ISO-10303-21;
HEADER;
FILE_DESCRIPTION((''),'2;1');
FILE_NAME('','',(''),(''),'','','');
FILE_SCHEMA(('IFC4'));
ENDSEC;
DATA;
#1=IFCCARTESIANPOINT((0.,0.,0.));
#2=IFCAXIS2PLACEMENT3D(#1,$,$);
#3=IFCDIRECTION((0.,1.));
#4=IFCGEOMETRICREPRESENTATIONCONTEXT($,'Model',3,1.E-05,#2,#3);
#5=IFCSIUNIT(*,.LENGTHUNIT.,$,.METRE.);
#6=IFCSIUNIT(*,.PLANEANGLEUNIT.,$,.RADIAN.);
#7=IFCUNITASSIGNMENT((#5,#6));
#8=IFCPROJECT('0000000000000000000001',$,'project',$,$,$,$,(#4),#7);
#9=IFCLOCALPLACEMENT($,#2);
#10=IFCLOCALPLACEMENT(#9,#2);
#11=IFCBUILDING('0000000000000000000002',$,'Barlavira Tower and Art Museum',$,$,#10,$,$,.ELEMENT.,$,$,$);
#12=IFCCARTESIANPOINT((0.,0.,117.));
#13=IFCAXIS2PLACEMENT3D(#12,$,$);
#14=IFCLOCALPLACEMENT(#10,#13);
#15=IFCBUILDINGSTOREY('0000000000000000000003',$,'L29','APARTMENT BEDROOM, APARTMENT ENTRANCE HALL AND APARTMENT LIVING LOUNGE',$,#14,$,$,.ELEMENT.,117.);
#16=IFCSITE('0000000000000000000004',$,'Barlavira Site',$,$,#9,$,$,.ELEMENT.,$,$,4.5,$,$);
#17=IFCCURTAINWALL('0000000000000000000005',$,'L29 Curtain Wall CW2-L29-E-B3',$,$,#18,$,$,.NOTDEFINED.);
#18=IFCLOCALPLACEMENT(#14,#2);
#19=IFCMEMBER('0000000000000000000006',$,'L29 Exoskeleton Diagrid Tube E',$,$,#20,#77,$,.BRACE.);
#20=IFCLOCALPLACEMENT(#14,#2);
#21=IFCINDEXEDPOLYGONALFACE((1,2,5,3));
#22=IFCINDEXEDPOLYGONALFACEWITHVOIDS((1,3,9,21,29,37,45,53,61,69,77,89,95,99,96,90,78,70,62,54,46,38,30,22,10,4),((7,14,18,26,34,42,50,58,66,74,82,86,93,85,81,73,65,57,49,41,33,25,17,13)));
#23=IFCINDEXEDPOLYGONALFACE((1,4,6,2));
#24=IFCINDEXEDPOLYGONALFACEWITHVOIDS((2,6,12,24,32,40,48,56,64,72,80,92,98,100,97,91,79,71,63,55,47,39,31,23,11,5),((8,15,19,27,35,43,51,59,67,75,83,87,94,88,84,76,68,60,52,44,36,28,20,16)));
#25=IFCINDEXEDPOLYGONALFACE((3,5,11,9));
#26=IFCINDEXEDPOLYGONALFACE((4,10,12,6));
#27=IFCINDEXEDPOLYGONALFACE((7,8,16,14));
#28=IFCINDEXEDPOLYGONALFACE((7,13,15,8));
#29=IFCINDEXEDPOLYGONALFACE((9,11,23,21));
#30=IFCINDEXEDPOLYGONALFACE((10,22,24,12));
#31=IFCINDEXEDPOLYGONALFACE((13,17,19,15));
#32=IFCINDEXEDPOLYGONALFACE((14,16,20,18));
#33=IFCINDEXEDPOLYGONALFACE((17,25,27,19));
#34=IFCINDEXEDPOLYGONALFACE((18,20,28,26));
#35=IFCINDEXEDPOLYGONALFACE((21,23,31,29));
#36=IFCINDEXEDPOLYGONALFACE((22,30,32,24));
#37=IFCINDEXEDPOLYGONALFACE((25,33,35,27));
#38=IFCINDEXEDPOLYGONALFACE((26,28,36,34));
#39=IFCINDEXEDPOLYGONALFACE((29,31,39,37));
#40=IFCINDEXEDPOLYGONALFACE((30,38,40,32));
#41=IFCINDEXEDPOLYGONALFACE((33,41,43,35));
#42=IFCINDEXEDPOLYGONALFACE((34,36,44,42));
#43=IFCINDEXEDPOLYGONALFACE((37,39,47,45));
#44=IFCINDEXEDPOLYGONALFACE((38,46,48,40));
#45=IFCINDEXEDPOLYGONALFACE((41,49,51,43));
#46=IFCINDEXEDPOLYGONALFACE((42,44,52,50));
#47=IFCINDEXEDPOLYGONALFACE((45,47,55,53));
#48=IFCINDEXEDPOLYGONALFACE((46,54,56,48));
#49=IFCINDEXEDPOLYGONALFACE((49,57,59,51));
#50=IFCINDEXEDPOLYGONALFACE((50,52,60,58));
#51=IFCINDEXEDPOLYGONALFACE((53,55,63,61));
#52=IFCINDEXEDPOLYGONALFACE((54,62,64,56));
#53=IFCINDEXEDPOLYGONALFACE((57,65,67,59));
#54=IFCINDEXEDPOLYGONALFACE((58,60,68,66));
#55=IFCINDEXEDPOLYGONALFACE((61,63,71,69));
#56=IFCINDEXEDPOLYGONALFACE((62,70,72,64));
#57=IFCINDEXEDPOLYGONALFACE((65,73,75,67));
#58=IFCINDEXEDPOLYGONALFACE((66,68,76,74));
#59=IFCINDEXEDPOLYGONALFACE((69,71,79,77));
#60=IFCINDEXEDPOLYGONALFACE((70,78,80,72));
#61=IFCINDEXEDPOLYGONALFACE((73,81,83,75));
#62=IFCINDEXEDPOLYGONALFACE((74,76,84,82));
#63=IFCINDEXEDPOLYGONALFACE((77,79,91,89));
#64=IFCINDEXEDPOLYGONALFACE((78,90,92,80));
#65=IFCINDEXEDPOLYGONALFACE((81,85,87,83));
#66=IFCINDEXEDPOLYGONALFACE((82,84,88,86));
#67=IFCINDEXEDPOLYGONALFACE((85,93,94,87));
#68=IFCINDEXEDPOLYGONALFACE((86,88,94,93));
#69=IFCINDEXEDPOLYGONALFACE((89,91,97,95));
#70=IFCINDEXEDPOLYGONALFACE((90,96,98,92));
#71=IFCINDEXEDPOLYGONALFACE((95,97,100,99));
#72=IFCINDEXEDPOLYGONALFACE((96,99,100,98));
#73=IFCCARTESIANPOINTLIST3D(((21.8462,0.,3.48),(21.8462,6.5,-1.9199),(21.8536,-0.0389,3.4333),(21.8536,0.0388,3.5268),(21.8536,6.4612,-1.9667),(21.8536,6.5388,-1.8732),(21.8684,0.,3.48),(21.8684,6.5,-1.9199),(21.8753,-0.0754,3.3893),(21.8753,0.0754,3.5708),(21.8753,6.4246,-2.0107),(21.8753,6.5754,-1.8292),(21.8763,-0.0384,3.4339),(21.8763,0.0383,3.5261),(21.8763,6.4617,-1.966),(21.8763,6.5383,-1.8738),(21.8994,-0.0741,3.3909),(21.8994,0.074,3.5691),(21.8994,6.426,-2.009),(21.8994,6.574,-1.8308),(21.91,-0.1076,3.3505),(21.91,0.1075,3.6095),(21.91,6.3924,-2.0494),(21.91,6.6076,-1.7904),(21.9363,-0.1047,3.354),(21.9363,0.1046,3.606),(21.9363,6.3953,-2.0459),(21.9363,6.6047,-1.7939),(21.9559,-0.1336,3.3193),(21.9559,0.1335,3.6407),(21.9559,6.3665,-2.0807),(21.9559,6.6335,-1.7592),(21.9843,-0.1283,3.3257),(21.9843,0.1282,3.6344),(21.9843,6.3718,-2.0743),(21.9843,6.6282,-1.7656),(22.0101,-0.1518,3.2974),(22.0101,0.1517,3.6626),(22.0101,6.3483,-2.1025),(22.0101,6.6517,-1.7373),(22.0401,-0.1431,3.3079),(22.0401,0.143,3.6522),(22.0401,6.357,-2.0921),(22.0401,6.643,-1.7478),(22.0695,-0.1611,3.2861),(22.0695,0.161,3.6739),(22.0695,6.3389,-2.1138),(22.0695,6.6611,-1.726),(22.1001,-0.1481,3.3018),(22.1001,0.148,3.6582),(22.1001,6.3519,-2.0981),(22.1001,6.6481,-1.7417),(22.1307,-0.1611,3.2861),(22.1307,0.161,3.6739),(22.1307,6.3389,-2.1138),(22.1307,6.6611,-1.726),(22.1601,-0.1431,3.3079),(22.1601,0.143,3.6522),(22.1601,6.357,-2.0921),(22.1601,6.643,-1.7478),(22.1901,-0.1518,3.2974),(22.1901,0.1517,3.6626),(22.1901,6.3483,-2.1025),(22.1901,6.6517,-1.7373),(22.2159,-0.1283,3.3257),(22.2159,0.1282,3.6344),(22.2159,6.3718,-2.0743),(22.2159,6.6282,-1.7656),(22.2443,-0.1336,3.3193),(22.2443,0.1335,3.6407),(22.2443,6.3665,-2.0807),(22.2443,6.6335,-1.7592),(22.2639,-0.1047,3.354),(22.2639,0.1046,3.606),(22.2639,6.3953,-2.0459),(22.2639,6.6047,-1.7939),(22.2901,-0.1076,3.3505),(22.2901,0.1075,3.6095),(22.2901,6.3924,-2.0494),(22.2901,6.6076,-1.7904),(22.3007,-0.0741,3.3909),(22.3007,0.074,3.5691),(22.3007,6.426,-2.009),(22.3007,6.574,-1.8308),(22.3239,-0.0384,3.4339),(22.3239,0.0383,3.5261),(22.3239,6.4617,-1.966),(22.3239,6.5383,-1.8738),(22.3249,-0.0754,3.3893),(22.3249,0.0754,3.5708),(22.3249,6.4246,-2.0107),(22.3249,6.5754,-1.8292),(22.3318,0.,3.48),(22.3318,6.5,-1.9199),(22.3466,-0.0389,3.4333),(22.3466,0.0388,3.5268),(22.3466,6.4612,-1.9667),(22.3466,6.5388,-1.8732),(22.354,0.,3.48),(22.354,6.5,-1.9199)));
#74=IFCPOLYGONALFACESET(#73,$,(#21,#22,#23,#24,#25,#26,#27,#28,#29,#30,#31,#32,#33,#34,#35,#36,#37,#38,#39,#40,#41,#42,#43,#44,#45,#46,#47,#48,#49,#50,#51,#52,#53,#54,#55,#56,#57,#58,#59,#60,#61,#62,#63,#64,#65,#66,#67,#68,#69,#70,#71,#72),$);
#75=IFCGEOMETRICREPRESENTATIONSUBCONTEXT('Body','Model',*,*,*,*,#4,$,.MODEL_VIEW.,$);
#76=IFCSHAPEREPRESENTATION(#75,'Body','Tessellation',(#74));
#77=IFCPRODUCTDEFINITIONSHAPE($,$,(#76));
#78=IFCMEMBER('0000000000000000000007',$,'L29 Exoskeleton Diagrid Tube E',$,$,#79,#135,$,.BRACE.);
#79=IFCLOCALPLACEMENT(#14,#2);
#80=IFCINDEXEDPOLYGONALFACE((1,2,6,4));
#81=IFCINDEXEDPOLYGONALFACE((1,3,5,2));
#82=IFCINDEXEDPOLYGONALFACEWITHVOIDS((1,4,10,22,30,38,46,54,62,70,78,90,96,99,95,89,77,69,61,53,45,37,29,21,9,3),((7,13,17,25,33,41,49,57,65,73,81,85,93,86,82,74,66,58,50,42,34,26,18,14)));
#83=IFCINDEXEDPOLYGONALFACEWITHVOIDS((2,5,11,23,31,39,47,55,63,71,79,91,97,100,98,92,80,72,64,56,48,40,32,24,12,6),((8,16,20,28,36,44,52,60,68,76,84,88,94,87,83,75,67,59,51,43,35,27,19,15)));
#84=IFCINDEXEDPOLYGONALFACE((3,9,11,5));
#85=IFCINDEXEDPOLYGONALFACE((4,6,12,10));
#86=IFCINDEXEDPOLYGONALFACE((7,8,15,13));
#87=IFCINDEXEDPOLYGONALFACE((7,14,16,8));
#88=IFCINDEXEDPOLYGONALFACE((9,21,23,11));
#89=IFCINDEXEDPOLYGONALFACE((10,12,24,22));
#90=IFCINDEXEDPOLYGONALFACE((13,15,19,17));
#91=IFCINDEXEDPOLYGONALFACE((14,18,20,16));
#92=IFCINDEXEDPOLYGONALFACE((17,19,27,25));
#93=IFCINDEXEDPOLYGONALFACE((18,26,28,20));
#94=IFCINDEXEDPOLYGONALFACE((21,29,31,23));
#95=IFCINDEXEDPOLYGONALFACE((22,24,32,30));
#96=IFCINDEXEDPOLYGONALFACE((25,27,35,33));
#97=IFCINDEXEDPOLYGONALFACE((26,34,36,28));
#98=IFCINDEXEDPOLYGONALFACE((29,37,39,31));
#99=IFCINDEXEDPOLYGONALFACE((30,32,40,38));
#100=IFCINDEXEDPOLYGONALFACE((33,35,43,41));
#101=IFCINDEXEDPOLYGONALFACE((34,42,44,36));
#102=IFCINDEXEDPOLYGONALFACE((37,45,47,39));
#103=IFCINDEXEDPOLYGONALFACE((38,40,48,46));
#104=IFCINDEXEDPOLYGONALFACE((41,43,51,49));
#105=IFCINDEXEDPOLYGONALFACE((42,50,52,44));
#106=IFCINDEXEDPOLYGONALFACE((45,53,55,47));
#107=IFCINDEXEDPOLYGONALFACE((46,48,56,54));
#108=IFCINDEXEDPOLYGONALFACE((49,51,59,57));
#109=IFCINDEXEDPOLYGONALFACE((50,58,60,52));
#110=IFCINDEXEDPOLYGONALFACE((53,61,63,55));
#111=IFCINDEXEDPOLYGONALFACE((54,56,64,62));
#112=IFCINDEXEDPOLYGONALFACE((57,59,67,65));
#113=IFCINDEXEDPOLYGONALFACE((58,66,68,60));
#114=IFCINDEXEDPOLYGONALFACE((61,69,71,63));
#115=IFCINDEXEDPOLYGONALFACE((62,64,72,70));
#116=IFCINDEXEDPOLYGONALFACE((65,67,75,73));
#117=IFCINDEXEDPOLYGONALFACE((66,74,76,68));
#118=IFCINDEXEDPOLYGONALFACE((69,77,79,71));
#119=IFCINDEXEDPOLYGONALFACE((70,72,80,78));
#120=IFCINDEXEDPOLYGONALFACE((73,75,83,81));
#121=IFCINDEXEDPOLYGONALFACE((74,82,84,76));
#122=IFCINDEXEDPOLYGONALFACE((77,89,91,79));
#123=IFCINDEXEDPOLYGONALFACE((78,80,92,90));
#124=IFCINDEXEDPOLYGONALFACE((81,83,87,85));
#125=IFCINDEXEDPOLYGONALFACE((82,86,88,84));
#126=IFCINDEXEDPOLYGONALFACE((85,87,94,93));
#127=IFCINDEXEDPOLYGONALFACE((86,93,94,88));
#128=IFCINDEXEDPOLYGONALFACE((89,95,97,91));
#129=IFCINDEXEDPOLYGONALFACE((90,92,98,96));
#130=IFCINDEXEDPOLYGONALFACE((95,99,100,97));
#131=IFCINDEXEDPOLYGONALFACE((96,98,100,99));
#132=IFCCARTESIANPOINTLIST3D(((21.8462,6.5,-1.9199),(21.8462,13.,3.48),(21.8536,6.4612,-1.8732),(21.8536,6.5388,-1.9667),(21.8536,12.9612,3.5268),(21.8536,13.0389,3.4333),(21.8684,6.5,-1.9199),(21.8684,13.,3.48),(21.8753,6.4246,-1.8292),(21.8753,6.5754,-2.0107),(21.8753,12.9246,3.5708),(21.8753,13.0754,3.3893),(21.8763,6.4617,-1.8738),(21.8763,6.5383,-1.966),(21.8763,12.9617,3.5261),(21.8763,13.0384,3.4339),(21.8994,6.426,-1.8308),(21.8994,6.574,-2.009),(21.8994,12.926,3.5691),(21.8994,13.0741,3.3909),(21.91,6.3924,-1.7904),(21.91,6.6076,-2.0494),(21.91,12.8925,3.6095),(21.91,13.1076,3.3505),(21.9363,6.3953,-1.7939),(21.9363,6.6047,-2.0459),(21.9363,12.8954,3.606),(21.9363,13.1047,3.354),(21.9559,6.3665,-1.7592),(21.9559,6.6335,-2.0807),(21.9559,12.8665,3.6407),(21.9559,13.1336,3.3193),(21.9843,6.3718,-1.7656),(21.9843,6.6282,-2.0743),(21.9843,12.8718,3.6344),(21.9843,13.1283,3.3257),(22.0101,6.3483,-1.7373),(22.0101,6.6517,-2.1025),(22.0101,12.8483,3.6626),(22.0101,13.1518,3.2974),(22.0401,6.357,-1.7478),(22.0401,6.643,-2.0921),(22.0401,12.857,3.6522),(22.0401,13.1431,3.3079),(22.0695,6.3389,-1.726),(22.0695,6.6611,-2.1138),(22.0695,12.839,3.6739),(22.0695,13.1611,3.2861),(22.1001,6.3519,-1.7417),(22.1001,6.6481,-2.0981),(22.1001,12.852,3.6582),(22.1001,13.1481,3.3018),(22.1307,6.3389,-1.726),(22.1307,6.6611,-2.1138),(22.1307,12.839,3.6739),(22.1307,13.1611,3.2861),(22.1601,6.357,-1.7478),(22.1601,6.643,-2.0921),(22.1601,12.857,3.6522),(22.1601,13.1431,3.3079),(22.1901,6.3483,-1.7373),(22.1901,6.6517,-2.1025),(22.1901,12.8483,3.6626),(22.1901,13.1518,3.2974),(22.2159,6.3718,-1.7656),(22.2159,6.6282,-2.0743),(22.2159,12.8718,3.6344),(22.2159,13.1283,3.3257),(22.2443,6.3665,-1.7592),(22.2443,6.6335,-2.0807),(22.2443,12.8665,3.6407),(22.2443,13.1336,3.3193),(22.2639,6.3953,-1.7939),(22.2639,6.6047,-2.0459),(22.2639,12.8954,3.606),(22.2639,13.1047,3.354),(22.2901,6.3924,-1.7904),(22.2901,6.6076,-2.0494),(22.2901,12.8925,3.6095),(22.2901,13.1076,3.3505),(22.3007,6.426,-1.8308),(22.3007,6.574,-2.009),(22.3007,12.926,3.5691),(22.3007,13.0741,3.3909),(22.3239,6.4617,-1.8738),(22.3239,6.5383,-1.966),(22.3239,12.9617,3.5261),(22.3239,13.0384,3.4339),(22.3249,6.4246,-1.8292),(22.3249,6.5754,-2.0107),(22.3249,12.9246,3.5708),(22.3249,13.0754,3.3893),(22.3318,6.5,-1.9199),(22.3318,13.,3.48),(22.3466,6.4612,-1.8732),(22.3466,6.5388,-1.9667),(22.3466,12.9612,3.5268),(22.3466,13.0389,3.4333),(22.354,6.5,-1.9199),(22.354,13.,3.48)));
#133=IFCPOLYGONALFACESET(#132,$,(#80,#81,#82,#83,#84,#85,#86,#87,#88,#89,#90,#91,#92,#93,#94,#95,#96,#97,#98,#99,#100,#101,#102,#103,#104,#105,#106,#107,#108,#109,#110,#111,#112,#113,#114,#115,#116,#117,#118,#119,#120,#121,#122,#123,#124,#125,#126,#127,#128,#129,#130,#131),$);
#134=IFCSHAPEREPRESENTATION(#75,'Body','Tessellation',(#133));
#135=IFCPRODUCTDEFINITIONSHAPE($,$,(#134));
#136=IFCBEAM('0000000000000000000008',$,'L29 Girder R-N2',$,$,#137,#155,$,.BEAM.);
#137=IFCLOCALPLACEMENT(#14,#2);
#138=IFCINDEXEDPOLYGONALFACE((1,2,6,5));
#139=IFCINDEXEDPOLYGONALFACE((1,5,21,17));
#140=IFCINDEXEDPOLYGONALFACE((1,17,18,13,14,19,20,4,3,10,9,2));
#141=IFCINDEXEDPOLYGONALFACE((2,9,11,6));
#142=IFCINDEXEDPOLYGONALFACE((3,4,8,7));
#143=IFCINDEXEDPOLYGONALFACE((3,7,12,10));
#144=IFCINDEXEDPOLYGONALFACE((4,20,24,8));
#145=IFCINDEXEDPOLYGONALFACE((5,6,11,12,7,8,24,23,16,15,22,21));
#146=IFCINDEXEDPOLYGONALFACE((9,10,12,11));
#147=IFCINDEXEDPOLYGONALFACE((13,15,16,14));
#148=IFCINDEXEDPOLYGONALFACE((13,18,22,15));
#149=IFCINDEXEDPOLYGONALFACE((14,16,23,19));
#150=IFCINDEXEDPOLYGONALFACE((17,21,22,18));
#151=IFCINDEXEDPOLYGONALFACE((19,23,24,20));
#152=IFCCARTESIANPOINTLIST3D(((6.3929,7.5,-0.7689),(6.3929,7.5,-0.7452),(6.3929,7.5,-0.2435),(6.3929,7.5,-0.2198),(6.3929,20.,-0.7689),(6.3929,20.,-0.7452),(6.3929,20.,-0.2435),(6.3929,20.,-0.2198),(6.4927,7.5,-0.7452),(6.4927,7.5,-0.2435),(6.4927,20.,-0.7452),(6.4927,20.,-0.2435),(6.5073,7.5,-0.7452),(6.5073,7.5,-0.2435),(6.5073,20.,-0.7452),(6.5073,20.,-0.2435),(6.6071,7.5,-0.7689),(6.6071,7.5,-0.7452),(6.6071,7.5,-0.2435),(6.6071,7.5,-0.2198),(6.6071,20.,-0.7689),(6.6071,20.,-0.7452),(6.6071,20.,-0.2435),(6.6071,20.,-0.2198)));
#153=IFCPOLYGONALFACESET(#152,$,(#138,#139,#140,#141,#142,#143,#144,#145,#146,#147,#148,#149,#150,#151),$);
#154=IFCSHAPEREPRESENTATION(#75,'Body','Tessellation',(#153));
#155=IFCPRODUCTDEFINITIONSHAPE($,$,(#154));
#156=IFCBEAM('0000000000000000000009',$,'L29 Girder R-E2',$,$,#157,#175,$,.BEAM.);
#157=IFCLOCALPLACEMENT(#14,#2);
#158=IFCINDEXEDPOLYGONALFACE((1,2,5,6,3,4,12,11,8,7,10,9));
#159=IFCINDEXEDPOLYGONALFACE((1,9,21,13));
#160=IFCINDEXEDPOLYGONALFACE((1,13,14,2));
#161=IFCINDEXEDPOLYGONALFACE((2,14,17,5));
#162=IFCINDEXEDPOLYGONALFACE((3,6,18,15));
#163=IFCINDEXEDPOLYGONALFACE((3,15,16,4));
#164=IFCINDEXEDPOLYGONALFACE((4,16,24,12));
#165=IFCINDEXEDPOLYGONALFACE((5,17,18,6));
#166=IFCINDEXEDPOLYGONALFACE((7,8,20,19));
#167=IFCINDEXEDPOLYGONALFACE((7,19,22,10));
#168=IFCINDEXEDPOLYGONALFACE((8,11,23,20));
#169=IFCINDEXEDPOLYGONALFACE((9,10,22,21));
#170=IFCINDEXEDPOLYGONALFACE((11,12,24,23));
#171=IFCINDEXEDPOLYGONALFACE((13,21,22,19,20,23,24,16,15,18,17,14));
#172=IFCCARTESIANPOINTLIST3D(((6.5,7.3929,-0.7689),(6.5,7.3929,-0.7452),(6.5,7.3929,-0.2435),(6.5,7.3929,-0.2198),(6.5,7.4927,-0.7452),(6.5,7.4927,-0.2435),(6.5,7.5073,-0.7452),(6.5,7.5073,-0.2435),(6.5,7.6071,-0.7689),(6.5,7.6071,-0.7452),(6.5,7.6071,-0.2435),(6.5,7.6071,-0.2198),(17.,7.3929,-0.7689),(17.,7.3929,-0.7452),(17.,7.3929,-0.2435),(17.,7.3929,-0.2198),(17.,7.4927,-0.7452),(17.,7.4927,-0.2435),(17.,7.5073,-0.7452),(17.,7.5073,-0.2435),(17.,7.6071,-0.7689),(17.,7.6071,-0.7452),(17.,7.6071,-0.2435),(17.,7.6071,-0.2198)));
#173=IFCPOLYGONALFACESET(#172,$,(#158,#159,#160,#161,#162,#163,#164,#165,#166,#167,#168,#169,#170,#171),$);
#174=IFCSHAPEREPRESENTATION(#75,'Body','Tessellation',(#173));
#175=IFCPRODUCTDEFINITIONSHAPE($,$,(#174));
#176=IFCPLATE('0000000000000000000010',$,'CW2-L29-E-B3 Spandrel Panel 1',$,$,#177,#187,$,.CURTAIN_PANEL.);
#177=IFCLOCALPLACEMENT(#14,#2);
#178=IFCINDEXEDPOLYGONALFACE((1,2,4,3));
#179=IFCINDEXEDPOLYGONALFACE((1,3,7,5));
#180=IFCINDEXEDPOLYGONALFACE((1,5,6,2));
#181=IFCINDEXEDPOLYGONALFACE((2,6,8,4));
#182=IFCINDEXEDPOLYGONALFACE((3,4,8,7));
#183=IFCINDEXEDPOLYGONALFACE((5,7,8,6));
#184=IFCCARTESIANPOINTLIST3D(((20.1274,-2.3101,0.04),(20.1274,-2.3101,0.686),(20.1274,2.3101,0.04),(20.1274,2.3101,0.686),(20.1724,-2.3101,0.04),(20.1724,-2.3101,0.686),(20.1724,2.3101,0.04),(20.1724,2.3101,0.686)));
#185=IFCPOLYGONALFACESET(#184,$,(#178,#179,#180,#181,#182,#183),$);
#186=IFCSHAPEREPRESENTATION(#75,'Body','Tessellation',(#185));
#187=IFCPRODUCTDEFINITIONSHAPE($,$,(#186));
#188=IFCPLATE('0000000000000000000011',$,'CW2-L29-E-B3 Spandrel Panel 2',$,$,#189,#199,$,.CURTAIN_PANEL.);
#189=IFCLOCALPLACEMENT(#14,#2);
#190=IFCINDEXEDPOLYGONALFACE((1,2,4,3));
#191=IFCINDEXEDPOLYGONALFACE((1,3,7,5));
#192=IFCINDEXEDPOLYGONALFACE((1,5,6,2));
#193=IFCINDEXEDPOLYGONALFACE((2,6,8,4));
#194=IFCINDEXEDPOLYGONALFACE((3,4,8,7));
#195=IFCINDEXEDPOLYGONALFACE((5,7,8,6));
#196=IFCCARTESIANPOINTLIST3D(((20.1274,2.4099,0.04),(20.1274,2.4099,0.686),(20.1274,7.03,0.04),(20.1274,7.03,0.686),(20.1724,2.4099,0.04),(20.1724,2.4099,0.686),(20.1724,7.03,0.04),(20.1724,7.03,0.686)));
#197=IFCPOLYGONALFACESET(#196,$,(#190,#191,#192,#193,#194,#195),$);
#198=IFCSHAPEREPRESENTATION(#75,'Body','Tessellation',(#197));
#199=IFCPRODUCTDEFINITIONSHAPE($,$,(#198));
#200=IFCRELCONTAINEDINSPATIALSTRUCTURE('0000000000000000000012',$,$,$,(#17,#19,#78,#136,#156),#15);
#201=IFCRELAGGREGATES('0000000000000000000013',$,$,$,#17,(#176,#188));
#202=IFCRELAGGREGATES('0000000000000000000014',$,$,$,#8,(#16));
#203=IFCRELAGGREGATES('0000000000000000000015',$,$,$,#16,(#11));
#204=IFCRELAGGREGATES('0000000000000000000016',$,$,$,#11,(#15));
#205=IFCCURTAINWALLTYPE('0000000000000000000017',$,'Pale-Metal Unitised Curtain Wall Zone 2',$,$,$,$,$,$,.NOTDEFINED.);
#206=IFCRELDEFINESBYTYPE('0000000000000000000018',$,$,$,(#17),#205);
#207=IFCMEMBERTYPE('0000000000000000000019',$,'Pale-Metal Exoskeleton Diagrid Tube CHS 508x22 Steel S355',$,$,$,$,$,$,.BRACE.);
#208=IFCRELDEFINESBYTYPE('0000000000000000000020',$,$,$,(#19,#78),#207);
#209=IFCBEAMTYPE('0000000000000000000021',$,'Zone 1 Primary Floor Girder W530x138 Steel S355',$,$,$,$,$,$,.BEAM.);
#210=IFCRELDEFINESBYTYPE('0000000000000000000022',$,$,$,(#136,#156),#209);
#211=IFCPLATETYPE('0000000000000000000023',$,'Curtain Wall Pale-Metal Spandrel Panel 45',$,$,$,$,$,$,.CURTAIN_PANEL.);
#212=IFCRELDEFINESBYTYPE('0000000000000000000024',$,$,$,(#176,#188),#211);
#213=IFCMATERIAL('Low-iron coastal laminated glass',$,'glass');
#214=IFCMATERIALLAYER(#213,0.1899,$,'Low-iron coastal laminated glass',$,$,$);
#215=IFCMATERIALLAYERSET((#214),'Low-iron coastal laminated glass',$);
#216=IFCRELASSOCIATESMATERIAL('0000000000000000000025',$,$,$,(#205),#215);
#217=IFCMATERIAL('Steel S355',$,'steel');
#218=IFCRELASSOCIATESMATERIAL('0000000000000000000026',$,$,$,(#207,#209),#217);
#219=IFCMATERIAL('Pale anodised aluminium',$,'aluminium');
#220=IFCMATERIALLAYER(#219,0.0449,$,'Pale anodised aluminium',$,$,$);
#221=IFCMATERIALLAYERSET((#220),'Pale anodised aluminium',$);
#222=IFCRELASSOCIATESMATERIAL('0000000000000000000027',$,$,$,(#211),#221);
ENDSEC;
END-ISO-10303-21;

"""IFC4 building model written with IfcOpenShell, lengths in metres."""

from ifc_helpers import new_model, si_unit, direction, frame, origin, origin_2d, place, context, subcontext, project, spatial, rectangle, hollow_circle, i_section, extrude, material, layer, layer_set, material_profile, profile_set, type_object, element, aggregate, save


model = new_model("IFC4")

# Units and contexts
model_context = context("Model", 3, precision=1e-05, world=origin(), true_north=direction((0.0, 1.0)))
body_context = subcontext(model_context, "Body", "Model", "MODEL_VIEW")
ifc_project = project(units=[si_unit("LENGTHUNIT", "METRE"), si_unit("PLANEANGLEUNIT", "RADIAN")], contexts=[model_context])

# Site, building, storey
site_placement = place(None, origin())
site = spatial("IfcSite", under=ifc_project, at=site_placement, Name="Barlavira Site", CompositionType="ELEMENT", RefElevation=4.5)
building_placement = place(site_placement, origin())
building = spatial("IfcBuilding", under=site, at=building_placement, Name="Barlavira Tower and Art Museum", CompositionType="ELEMENT")
storey_placement = place(building_placement, frame((0.0, 0.0, 117.0)))
storey = spatial("IfcBuildingStorey", under=building, at=storey_placement, Name="L29", Description="APARTMENT BEDROOM, APARTMENT ENTRANCE HALL AND APARTMENT LIVING LOUNGE", CompositionType="ELEMENT", Elevation=117.0)

# Shared definitions
ifc_material_1 = material(Name="Steel S355", Category="steel")

# Curtain wall
ifc_material_2 = material(Name="Low-iron coastal laminated glass", Category="glass")
ifc_layer_1 = layer(ifc_material_2, 0.1899, Name="Low-iron coastal laminated glass")
ifc_layer_set_1 = layer_set([ifc_layer_1], Name="Low-iron coastal laminated glass")
curtain_wall_type = type_object("IfcCurtainWallType", Name="Pale-Metal Unitised Curtain Wall Zone 2", PredefinedType="NOTDEFINED", material=ifc_layer_set_1)
curtain_wall_placement = place(storey_placement, origin())
curtain_wall = element("IfcCurtainWall", 1, at=curtain_wall_placement, inside=storey, type_object=curtain_wall_type, Name="L29 Curtain Wall CW2-L29-E-B3", PredefinedType="NOTDEFINED")
ifc_material_3 = material(Name="Pale anodised aluminium", Category="aluminium")

# Members
ifc_material_profile_1 = material_profile(ifc_material_1, hollow_circle(Radius=0.2539, WallThickness=0.0222, at=origin_2d()), Name="CHS 508.0x22.2")
ifc_profile_set_1 = profile_set([ifc_material_profile_1], Name="Steel S355")
member_type_1 = type_object("IfcMemberType", Name="Pale-Metal Exoskeleton Diagrid Tube CHS 508x22 Steel S355", PredefinedType="BRACE", material=ifc_profile_set_1)
for number, where, z_axis, x_axis, name in (
    (2, (22.1001, 6.5, -1.9199), (0.0, -0.769196, 0.639013), (1.0, 0.0, 0.0), "L29 Exoskeleton Diagrid Tube E"),
    (3, (22.1001, 6.5, -1.9199), (0.0, 0.769196, 0.639013), (-1.0, 0.0, 0.0), "L29 Exoskeleton Diagrid Tube E"),
):
    element("IfcMember", number, at=place(storey_placement, frame(where, z_axis=z_axis, x_axis=x_axis)), inside=storey, type_object=member_type_1, Name=name, PredefinedType="BRACE", context=body_context, shape_type="SweptSolid", body=[
        extrude(hollow_circle(Radius=0.2539, WallThickness=0.0222, at=origin_2d()), origin(), (0.0, 0.0, 1.0), 8.4504),
    ])

# Beams
ifc_material_profile_2 = material_profile(ifc_material_1, i_section(OverallWidth=0.2141, OverallDepth=0.5491, WebThickness=0.0146, FlangeThickness=0.0237, at=origin_2d()), Name="W530x138.0")
ifc_profile_set_2 = profile_set([ifc_material_profile_2], Name="Steel S355")
beam_type = type_object("IfcBeamType", Name="Zone 1 Primary Floor Girder W530x138 Steel S355", PredefinedType="BEAM", material=ifc_profile_set_2)
beam_1_placement = place(storey_placement, frame((6.5, 7.5, -0.4944), z_axis=(0.0, 1.0, 0.0), x_axis=(-1.0, 0.0, 0.0)))
element("IfcBeam", 4, at=beam_1_placement, inside=storey, type_object=beam_type, Name="L29 Girder R-N2", PredefinedType="BEAM", context=body_context, shape_type="SweptSolid", body=[
    extrude(i_section(OverallWidth=0.2141, OverallDepth=0.5491, WebThickness=0.0146, FlangeThickness=0.0237, at=origin_2d()), origin(), (0.0, 0.0, 1.0), 12.5),
])
beam_2_placement = place(storey_placement, frame((6.5, 7.5, -0.4944), z_axis=(1.0, 0.0, 0.0), x_axis=(0.0, 1.0, 0.0)))
element("IfcBeam", 5, at=beam_2_placement, inside=storey, type_object=beam_type, Name="L29 Girder R-E2", PredefinedType="BEAM", context=body_context, shape_type="SweptSolid", body=[
    extrude(i_section(OverallWidth=0.2141, OverallDepth=0.5491, WebThickness=0.0146, FlangeThickness=0.0237, at=origin_2d()), origin(), (0.0, 0.0, 1.0), 10.5),
])

# Plates
ifc_layer_2 = layer(ifc_material_3, 0.0449, Name="Pale anodised aluminium")
ifc_layer_set_2 = layer_set([ifc_layer_2], Name="Pale anodised aluminium")
plate_type_1 = type_object("IfcPlateType", Name="Curtain Wall Pale-Metal Spandrel Panel 45", PredefinedType="CURTAIN_PANEL", material=ifc_layer_set_2)
plate_1_placement = place(storey_placement, frame((20.1499, 0.0, 0.04), z_axis=(0.0, 0.0, 1.0), x_axis=(0.0, 1.0, 0.0)))
plate_1 = element("IfcPlate", 6, at=plate_1_placement, type_object=plate_type_1, Name="CW2-L29-E-B3 Spandrel Panel 1", PredefinedType="CURTAIN_PANEL", context=body_context, shape_type="SweptSolid", body=[
    extrude(rectangle(XDim=4.6201, YDim=0.0449, at=origin_2d()), origin(), (0.0, 0.0, 1.0), 0.646),
])
plate_2_placement = place(storey_placement, frame((20.1499, 4.72, 0.04), z_axis=(0.0, 0.0, 1.0), x_axis=(0.0, 1.0, 0.0)))
plate_2 = element("IfcPlate", 7, at=plate_2_placement, type_object=plate_type_1, Name="CW2-L29-E-B3 Spandrel Panel 2", PredefinedType="CURTAIN_PANEL", context=body_context, shape_type="SweptSolid", body=[
    extrude(rectangle(XDim=4.6201, YDim=0.0449, at=origin_2d()), origin(), (0.0, 0.0, 1.0), 0.646),
])
aggregate(curtain_wall, [plate_1, plate_2])

save(model, "model.ifc")
